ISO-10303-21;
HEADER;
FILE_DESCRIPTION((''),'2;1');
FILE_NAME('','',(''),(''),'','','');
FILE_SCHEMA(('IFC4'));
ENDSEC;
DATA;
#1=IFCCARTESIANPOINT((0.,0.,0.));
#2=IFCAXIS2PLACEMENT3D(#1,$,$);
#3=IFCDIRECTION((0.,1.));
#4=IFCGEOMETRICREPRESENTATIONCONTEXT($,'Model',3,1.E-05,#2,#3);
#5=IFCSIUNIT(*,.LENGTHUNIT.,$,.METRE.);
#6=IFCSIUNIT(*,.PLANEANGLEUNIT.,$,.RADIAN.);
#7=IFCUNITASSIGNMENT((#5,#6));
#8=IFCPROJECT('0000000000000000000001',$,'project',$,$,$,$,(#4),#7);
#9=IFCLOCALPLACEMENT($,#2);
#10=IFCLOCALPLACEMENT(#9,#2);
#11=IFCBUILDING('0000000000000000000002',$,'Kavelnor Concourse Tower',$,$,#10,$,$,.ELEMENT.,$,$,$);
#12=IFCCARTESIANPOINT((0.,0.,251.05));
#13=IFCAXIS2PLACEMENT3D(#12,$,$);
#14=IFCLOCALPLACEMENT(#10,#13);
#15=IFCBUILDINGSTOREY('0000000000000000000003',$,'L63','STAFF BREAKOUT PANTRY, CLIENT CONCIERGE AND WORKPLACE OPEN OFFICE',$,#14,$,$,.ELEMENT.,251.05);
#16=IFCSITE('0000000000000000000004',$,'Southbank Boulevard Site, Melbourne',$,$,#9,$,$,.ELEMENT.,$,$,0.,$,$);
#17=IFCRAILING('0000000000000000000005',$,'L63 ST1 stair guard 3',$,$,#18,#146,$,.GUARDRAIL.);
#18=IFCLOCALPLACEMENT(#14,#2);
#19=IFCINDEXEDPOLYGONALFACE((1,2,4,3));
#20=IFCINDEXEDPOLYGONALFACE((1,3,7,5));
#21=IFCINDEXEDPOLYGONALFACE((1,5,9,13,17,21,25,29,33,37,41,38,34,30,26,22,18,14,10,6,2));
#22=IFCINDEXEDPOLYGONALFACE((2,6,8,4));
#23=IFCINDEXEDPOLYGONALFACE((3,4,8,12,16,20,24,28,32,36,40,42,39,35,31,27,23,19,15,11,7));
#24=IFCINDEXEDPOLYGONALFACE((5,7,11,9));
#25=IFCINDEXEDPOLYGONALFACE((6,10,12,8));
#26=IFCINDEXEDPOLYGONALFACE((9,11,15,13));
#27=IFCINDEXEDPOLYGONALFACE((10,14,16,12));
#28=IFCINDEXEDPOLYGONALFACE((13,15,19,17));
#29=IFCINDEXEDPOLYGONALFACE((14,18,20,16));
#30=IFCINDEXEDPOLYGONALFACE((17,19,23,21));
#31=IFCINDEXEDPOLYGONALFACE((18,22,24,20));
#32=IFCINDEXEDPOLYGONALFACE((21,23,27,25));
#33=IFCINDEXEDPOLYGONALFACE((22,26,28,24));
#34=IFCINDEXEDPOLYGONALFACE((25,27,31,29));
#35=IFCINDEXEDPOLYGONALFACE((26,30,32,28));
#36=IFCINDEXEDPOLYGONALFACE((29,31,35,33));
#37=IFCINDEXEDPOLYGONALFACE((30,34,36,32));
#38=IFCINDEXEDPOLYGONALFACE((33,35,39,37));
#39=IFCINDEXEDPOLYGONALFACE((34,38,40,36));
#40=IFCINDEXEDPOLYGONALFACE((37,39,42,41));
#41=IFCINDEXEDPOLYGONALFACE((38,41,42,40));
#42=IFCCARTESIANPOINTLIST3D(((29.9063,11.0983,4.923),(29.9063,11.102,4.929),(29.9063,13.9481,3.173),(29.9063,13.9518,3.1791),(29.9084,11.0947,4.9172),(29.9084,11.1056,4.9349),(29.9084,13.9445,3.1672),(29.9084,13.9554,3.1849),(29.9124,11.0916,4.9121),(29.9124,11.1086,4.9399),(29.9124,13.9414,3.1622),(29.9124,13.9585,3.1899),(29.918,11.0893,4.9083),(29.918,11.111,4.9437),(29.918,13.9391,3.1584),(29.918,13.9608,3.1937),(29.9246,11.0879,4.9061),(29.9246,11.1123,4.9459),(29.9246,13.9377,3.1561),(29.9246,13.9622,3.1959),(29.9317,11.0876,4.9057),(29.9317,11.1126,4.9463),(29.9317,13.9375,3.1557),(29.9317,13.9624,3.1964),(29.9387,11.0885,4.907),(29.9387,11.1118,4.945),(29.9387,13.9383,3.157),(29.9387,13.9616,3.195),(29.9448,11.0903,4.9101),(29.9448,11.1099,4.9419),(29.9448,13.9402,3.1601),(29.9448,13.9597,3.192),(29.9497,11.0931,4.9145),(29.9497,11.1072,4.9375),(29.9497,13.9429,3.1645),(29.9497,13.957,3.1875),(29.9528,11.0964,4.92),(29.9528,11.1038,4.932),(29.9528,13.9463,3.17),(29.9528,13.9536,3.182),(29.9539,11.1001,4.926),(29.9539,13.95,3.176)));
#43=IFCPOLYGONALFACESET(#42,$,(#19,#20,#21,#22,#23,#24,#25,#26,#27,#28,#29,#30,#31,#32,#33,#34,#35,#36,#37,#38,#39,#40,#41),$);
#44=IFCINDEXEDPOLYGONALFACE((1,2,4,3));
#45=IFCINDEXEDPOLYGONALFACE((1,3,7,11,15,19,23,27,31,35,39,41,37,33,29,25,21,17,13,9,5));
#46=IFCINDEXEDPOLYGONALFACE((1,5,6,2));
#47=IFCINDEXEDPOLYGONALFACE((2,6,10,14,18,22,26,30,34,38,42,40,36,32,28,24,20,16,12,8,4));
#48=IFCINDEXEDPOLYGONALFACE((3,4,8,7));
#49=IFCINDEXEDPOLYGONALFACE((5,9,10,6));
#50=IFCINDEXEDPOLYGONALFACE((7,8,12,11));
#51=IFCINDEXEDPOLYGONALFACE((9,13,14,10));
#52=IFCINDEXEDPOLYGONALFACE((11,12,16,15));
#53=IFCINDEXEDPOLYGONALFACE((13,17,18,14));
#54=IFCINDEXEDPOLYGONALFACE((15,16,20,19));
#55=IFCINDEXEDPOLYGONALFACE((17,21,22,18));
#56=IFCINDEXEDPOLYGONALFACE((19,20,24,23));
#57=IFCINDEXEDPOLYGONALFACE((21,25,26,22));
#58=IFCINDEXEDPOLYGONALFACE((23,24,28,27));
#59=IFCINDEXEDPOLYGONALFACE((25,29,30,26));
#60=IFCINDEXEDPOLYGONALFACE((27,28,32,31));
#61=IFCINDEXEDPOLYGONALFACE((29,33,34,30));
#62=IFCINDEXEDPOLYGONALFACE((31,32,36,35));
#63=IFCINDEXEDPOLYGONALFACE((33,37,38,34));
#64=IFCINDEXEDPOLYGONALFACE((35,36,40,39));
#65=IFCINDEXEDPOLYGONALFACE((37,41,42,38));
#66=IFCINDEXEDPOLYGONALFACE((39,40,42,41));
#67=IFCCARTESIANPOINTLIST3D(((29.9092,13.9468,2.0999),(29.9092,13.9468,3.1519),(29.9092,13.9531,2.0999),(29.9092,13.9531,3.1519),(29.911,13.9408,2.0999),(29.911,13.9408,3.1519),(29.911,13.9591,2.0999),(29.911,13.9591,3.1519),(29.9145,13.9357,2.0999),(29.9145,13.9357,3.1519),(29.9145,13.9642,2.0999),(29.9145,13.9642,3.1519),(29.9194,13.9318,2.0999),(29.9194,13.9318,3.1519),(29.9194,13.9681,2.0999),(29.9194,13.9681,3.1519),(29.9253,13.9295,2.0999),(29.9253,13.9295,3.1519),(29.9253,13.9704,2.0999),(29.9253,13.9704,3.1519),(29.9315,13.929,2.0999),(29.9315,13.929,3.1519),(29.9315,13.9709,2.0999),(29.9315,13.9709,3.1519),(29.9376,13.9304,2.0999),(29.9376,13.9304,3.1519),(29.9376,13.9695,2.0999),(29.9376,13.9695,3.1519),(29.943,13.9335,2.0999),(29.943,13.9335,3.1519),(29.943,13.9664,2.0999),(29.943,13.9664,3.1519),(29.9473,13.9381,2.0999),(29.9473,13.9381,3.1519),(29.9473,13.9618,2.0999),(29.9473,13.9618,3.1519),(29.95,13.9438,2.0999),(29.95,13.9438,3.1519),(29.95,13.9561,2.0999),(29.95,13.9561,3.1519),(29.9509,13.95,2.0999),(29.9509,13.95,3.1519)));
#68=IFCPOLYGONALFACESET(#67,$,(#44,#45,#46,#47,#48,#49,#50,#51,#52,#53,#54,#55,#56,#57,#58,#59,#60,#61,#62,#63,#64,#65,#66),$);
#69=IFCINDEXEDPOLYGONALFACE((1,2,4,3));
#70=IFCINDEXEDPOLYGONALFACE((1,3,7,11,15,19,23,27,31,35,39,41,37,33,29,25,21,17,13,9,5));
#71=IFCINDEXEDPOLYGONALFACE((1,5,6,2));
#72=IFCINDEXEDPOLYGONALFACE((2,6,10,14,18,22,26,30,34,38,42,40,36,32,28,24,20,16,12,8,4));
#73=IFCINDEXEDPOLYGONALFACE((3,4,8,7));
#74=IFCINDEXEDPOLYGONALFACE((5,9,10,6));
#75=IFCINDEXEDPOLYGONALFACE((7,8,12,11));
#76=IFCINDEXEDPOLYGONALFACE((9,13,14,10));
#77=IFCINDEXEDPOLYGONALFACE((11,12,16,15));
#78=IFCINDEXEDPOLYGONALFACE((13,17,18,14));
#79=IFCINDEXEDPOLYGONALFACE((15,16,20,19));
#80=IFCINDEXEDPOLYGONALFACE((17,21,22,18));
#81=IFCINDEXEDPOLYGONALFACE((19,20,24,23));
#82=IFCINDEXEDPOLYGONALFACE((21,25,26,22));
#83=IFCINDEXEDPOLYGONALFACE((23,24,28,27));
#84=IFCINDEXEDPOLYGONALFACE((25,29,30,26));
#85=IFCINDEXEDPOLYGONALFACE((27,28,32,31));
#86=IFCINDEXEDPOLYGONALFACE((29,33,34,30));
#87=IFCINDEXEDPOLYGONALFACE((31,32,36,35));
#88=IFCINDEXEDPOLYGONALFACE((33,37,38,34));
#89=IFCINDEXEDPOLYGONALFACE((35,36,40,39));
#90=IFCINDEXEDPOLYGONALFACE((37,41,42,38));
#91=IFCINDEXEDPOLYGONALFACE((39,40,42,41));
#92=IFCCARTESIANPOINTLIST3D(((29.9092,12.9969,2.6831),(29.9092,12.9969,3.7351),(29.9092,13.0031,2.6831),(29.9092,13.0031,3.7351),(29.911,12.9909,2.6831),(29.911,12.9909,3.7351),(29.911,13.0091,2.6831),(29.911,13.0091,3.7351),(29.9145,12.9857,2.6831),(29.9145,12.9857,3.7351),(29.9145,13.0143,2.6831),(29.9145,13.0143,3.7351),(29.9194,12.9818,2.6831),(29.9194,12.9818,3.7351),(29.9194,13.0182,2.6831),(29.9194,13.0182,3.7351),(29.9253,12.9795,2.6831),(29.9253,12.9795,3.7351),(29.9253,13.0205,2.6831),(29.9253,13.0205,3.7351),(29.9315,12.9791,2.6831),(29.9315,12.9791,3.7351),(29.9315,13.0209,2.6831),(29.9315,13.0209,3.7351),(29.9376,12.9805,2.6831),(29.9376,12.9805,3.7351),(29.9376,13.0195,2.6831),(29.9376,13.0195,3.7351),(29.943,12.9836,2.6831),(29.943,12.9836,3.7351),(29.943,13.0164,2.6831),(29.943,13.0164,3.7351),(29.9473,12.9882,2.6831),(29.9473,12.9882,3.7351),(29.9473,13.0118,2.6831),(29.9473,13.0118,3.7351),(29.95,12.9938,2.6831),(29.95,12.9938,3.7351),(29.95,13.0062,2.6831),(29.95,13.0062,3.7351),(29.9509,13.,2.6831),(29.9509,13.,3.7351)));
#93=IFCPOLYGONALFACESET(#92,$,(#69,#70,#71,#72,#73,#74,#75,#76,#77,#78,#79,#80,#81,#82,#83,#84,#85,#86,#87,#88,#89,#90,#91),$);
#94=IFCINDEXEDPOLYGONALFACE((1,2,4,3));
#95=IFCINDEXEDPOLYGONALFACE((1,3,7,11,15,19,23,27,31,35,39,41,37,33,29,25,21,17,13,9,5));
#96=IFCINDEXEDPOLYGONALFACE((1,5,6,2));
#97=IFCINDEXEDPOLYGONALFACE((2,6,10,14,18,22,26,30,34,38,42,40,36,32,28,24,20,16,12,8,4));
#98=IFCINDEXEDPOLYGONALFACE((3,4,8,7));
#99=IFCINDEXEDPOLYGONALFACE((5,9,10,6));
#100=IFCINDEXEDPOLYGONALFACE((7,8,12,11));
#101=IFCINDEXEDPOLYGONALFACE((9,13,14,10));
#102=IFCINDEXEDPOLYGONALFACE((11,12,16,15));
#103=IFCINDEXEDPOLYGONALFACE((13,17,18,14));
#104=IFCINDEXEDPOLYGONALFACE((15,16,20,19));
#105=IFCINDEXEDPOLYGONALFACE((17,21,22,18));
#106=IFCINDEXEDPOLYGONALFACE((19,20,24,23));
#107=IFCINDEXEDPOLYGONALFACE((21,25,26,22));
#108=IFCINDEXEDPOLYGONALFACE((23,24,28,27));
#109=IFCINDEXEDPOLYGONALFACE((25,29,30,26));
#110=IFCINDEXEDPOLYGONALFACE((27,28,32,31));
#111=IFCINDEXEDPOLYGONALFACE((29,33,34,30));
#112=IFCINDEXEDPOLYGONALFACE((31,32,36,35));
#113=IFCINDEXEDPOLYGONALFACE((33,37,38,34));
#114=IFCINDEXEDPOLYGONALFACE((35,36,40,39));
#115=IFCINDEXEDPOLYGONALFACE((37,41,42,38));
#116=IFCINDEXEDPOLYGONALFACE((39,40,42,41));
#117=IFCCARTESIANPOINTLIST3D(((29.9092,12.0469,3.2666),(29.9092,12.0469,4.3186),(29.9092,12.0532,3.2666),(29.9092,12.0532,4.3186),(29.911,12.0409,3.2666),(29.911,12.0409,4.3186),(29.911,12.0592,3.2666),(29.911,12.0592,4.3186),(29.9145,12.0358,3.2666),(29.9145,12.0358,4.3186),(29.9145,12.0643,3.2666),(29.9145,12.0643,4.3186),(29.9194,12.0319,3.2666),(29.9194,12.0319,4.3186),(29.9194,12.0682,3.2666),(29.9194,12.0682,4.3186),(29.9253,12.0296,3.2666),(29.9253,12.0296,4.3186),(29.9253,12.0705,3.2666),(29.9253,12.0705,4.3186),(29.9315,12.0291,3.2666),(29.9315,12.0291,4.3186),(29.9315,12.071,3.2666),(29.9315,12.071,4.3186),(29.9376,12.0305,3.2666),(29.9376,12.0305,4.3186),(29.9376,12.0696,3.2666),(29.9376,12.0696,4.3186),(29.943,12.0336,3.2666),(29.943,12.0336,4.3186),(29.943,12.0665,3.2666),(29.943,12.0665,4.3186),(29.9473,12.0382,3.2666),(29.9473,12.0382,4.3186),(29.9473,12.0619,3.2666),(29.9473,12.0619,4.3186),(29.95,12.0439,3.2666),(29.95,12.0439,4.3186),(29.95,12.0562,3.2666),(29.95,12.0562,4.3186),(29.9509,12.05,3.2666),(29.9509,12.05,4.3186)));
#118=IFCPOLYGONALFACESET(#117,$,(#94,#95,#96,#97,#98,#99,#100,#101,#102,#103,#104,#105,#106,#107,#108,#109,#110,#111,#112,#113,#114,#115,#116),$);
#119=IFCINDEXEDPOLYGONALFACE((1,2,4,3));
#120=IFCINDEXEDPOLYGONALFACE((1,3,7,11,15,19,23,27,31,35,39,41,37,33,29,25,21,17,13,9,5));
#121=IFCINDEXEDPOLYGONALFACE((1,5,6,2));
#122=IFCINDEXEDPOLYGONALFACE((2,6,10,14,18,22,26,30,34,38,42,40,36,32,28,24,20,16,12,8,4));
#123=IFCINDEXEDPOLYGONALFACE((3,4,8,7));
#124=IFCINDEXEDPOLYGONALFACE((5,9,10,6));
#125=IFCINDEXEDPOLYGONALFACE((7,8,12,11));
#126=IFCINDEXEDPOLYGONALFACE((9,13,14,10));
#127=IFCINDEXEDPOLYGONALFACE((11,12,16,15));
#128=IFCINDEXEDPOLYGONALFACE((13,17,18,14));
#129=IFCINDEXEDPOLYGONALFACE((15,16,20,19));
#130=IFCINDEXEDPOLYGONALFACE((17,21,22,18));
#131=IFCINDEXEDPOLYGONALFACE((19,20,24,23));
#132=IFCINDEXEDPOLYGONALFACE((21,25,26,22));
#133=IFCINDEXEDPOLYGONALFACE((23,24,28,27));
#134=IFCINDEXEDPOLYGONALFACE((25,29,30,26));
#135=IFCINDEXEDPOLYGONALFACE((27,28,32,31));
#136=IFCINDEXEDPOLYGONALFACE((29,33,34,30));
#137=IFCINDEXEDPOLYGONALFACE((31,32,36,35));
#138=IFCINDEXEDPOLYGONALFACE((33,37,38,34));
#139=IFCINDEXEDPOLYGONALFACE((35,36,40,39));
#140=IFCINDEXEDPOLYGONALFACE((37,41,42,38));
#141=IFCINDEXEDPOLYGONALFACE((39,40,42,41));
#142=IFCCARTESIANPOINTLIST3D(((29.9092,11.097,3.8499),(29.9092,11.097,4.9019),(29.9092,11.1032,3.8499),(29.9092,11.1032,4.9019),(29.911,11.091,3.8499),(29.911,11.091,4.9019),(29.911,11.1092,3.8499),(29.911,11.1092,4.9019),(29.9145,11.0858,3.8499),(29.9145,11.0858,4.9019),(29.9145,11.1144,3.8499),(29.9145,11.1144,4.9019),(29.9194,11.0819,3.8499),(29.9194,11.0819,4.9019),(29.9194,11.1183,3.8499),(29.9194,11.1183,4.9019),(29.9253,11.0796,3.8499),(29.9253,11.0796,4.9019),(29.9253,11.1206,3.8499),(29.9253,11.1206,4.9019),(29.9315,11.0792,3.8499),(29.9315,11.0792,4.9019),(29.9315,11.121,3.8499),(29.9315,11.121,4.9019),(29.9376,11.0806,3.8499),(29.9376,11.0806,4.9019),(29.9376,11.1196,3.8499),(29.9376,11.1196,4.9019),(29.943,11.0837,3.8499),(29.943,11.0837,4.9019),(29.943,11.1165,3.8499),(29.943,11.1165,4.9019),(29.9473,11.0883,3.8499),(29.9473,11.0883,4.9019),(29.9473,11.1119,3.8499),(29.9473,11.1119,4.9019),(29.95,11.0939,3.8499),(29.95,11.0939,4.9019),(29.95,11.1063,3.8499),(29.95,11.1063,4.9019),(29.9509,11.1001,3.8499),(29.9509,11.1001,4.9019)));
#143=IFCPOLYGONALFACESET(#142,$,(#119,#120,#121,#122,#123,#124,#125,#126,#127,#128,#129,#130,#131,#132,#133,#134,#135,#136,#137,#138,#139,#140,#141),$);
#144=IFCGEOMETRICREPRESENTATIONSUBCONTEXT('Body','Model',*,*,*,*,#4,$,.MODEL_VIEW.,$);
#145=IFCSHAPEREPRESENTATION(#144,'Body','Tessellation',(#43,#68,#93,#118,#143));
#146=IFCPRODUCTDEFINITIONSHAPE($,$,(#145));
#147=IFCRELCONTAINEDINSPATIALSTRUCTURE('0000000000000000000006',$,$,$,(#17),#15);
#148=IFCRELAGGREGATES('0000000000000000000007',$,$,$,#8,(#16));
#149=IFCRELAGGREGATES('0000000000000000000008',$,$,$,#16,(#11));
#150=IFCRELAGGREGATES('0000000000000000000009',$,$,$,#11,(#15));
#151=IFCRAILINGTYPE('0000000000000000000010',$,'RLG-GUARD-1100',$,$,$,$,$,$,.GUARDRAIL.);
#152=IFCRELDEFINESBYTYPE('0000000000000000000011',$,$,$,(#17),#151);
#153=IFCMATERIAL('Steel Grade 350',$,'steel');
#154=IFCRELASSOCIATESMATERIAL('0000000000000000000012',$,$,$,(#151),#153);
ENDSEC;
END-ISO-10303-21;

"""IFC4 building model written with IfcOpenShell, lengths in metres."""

from ifc_helpers import new_model, si_unit, direction, frame, origin, origin_2d, place, context, subcontext, project, spatial, circle, extrude, material, type_object, element, save


model = new_model("IFC4")

# Units and contexts
model_context = context("Model", 3, precision=1e-05, world=origin(), true_north=direction((0.0, 1.0)))
body_context = subcontext(model_context, "Body", "Model", "MODEL_VIEW")
ifc_project = project(units=[si_unit("LENGTHUNIT", "METRE"), si_unit("PLANEANGLEUNIT", "RADIAN")], contexts=[model_context])

# Site, building, storey
site_placement = place(None, origin())
site = spatial("IfcSite", under=ifc_project, at=site_placement, Name="Southbank Boulevard Site, Melbourne", CompositionType="ELEMENT", RefElevation=0.0)
building_placement = place(site_placement, origin())
building = spatial("IfcBuilding", under=site, at=building_placement, Name="Kavelnor Concourse Tower", CompositionType="ELEMENT")
storey_placement = place(building_placement, frame((0.0, 0.0, 251.05)))
storey = spatial("IfcBuildingStorey", under=building, at=storey_placement, Name="L63", Description="STAFF BREAKOUT PANTRY, CLIENT CONCIERGE AND WORKPLACE OPEN OFFICE", CompositionType="ELEMENT", Elevation=251.05)

# Shared definitions
ifc_material_1 = material(Name="Steel Grade 350", Category="steel")

# Railing
railing_type_1 = type_object("IfcRailingType", Name="RLG-GUARD-1100", PredefinedType="GUARDRAIL", material=ifc_material_1)
railing_1_placement = place(storey_placement, frame((29.9299, 13.95, 2.0999)))
element("IfcRailing", 1, at=railing_1_placement, inside=storey, type_object=railing_type_1, Name="L63 ST1 stair guard 3", PredefinedType="GUARDRAIL", context=body_context, shape_type="SweptSolid", body=[
    extrude(circle(Radius=0.0239, at=origin_2d()), frame((0.0, 0.0, 1.0762), z_axis=(0.0, -0.852159, 0.523283), x_axis=(1.0, 0.0, 0.0)), (0.0, 0.0, 1.0), 3.3442),
    extrude(circle(Radius=0.021, at=origin_2d()), origin(), (0.0, 0.0, 1.0), 1.052),
    extrude(circle(Radius=0.021, at=origin_2d()), frame((0.0, -0.95, 0.5833)), (0.0, 0.0, 1.0), 1.052),
    extrude(circle(Radius=0.021, at=origin_2d()), frame((0.0, -1.8999, 1.1667)), (0.0, 0.0, 1.0), 1.052),
    extrude(circle(Radius=0.021, at=origin_2d()), frame((0.0, -2.8499, 1.75)), (0.0, 0.0, 1.0), 1.052),
])

save(model, "model.ifc")
